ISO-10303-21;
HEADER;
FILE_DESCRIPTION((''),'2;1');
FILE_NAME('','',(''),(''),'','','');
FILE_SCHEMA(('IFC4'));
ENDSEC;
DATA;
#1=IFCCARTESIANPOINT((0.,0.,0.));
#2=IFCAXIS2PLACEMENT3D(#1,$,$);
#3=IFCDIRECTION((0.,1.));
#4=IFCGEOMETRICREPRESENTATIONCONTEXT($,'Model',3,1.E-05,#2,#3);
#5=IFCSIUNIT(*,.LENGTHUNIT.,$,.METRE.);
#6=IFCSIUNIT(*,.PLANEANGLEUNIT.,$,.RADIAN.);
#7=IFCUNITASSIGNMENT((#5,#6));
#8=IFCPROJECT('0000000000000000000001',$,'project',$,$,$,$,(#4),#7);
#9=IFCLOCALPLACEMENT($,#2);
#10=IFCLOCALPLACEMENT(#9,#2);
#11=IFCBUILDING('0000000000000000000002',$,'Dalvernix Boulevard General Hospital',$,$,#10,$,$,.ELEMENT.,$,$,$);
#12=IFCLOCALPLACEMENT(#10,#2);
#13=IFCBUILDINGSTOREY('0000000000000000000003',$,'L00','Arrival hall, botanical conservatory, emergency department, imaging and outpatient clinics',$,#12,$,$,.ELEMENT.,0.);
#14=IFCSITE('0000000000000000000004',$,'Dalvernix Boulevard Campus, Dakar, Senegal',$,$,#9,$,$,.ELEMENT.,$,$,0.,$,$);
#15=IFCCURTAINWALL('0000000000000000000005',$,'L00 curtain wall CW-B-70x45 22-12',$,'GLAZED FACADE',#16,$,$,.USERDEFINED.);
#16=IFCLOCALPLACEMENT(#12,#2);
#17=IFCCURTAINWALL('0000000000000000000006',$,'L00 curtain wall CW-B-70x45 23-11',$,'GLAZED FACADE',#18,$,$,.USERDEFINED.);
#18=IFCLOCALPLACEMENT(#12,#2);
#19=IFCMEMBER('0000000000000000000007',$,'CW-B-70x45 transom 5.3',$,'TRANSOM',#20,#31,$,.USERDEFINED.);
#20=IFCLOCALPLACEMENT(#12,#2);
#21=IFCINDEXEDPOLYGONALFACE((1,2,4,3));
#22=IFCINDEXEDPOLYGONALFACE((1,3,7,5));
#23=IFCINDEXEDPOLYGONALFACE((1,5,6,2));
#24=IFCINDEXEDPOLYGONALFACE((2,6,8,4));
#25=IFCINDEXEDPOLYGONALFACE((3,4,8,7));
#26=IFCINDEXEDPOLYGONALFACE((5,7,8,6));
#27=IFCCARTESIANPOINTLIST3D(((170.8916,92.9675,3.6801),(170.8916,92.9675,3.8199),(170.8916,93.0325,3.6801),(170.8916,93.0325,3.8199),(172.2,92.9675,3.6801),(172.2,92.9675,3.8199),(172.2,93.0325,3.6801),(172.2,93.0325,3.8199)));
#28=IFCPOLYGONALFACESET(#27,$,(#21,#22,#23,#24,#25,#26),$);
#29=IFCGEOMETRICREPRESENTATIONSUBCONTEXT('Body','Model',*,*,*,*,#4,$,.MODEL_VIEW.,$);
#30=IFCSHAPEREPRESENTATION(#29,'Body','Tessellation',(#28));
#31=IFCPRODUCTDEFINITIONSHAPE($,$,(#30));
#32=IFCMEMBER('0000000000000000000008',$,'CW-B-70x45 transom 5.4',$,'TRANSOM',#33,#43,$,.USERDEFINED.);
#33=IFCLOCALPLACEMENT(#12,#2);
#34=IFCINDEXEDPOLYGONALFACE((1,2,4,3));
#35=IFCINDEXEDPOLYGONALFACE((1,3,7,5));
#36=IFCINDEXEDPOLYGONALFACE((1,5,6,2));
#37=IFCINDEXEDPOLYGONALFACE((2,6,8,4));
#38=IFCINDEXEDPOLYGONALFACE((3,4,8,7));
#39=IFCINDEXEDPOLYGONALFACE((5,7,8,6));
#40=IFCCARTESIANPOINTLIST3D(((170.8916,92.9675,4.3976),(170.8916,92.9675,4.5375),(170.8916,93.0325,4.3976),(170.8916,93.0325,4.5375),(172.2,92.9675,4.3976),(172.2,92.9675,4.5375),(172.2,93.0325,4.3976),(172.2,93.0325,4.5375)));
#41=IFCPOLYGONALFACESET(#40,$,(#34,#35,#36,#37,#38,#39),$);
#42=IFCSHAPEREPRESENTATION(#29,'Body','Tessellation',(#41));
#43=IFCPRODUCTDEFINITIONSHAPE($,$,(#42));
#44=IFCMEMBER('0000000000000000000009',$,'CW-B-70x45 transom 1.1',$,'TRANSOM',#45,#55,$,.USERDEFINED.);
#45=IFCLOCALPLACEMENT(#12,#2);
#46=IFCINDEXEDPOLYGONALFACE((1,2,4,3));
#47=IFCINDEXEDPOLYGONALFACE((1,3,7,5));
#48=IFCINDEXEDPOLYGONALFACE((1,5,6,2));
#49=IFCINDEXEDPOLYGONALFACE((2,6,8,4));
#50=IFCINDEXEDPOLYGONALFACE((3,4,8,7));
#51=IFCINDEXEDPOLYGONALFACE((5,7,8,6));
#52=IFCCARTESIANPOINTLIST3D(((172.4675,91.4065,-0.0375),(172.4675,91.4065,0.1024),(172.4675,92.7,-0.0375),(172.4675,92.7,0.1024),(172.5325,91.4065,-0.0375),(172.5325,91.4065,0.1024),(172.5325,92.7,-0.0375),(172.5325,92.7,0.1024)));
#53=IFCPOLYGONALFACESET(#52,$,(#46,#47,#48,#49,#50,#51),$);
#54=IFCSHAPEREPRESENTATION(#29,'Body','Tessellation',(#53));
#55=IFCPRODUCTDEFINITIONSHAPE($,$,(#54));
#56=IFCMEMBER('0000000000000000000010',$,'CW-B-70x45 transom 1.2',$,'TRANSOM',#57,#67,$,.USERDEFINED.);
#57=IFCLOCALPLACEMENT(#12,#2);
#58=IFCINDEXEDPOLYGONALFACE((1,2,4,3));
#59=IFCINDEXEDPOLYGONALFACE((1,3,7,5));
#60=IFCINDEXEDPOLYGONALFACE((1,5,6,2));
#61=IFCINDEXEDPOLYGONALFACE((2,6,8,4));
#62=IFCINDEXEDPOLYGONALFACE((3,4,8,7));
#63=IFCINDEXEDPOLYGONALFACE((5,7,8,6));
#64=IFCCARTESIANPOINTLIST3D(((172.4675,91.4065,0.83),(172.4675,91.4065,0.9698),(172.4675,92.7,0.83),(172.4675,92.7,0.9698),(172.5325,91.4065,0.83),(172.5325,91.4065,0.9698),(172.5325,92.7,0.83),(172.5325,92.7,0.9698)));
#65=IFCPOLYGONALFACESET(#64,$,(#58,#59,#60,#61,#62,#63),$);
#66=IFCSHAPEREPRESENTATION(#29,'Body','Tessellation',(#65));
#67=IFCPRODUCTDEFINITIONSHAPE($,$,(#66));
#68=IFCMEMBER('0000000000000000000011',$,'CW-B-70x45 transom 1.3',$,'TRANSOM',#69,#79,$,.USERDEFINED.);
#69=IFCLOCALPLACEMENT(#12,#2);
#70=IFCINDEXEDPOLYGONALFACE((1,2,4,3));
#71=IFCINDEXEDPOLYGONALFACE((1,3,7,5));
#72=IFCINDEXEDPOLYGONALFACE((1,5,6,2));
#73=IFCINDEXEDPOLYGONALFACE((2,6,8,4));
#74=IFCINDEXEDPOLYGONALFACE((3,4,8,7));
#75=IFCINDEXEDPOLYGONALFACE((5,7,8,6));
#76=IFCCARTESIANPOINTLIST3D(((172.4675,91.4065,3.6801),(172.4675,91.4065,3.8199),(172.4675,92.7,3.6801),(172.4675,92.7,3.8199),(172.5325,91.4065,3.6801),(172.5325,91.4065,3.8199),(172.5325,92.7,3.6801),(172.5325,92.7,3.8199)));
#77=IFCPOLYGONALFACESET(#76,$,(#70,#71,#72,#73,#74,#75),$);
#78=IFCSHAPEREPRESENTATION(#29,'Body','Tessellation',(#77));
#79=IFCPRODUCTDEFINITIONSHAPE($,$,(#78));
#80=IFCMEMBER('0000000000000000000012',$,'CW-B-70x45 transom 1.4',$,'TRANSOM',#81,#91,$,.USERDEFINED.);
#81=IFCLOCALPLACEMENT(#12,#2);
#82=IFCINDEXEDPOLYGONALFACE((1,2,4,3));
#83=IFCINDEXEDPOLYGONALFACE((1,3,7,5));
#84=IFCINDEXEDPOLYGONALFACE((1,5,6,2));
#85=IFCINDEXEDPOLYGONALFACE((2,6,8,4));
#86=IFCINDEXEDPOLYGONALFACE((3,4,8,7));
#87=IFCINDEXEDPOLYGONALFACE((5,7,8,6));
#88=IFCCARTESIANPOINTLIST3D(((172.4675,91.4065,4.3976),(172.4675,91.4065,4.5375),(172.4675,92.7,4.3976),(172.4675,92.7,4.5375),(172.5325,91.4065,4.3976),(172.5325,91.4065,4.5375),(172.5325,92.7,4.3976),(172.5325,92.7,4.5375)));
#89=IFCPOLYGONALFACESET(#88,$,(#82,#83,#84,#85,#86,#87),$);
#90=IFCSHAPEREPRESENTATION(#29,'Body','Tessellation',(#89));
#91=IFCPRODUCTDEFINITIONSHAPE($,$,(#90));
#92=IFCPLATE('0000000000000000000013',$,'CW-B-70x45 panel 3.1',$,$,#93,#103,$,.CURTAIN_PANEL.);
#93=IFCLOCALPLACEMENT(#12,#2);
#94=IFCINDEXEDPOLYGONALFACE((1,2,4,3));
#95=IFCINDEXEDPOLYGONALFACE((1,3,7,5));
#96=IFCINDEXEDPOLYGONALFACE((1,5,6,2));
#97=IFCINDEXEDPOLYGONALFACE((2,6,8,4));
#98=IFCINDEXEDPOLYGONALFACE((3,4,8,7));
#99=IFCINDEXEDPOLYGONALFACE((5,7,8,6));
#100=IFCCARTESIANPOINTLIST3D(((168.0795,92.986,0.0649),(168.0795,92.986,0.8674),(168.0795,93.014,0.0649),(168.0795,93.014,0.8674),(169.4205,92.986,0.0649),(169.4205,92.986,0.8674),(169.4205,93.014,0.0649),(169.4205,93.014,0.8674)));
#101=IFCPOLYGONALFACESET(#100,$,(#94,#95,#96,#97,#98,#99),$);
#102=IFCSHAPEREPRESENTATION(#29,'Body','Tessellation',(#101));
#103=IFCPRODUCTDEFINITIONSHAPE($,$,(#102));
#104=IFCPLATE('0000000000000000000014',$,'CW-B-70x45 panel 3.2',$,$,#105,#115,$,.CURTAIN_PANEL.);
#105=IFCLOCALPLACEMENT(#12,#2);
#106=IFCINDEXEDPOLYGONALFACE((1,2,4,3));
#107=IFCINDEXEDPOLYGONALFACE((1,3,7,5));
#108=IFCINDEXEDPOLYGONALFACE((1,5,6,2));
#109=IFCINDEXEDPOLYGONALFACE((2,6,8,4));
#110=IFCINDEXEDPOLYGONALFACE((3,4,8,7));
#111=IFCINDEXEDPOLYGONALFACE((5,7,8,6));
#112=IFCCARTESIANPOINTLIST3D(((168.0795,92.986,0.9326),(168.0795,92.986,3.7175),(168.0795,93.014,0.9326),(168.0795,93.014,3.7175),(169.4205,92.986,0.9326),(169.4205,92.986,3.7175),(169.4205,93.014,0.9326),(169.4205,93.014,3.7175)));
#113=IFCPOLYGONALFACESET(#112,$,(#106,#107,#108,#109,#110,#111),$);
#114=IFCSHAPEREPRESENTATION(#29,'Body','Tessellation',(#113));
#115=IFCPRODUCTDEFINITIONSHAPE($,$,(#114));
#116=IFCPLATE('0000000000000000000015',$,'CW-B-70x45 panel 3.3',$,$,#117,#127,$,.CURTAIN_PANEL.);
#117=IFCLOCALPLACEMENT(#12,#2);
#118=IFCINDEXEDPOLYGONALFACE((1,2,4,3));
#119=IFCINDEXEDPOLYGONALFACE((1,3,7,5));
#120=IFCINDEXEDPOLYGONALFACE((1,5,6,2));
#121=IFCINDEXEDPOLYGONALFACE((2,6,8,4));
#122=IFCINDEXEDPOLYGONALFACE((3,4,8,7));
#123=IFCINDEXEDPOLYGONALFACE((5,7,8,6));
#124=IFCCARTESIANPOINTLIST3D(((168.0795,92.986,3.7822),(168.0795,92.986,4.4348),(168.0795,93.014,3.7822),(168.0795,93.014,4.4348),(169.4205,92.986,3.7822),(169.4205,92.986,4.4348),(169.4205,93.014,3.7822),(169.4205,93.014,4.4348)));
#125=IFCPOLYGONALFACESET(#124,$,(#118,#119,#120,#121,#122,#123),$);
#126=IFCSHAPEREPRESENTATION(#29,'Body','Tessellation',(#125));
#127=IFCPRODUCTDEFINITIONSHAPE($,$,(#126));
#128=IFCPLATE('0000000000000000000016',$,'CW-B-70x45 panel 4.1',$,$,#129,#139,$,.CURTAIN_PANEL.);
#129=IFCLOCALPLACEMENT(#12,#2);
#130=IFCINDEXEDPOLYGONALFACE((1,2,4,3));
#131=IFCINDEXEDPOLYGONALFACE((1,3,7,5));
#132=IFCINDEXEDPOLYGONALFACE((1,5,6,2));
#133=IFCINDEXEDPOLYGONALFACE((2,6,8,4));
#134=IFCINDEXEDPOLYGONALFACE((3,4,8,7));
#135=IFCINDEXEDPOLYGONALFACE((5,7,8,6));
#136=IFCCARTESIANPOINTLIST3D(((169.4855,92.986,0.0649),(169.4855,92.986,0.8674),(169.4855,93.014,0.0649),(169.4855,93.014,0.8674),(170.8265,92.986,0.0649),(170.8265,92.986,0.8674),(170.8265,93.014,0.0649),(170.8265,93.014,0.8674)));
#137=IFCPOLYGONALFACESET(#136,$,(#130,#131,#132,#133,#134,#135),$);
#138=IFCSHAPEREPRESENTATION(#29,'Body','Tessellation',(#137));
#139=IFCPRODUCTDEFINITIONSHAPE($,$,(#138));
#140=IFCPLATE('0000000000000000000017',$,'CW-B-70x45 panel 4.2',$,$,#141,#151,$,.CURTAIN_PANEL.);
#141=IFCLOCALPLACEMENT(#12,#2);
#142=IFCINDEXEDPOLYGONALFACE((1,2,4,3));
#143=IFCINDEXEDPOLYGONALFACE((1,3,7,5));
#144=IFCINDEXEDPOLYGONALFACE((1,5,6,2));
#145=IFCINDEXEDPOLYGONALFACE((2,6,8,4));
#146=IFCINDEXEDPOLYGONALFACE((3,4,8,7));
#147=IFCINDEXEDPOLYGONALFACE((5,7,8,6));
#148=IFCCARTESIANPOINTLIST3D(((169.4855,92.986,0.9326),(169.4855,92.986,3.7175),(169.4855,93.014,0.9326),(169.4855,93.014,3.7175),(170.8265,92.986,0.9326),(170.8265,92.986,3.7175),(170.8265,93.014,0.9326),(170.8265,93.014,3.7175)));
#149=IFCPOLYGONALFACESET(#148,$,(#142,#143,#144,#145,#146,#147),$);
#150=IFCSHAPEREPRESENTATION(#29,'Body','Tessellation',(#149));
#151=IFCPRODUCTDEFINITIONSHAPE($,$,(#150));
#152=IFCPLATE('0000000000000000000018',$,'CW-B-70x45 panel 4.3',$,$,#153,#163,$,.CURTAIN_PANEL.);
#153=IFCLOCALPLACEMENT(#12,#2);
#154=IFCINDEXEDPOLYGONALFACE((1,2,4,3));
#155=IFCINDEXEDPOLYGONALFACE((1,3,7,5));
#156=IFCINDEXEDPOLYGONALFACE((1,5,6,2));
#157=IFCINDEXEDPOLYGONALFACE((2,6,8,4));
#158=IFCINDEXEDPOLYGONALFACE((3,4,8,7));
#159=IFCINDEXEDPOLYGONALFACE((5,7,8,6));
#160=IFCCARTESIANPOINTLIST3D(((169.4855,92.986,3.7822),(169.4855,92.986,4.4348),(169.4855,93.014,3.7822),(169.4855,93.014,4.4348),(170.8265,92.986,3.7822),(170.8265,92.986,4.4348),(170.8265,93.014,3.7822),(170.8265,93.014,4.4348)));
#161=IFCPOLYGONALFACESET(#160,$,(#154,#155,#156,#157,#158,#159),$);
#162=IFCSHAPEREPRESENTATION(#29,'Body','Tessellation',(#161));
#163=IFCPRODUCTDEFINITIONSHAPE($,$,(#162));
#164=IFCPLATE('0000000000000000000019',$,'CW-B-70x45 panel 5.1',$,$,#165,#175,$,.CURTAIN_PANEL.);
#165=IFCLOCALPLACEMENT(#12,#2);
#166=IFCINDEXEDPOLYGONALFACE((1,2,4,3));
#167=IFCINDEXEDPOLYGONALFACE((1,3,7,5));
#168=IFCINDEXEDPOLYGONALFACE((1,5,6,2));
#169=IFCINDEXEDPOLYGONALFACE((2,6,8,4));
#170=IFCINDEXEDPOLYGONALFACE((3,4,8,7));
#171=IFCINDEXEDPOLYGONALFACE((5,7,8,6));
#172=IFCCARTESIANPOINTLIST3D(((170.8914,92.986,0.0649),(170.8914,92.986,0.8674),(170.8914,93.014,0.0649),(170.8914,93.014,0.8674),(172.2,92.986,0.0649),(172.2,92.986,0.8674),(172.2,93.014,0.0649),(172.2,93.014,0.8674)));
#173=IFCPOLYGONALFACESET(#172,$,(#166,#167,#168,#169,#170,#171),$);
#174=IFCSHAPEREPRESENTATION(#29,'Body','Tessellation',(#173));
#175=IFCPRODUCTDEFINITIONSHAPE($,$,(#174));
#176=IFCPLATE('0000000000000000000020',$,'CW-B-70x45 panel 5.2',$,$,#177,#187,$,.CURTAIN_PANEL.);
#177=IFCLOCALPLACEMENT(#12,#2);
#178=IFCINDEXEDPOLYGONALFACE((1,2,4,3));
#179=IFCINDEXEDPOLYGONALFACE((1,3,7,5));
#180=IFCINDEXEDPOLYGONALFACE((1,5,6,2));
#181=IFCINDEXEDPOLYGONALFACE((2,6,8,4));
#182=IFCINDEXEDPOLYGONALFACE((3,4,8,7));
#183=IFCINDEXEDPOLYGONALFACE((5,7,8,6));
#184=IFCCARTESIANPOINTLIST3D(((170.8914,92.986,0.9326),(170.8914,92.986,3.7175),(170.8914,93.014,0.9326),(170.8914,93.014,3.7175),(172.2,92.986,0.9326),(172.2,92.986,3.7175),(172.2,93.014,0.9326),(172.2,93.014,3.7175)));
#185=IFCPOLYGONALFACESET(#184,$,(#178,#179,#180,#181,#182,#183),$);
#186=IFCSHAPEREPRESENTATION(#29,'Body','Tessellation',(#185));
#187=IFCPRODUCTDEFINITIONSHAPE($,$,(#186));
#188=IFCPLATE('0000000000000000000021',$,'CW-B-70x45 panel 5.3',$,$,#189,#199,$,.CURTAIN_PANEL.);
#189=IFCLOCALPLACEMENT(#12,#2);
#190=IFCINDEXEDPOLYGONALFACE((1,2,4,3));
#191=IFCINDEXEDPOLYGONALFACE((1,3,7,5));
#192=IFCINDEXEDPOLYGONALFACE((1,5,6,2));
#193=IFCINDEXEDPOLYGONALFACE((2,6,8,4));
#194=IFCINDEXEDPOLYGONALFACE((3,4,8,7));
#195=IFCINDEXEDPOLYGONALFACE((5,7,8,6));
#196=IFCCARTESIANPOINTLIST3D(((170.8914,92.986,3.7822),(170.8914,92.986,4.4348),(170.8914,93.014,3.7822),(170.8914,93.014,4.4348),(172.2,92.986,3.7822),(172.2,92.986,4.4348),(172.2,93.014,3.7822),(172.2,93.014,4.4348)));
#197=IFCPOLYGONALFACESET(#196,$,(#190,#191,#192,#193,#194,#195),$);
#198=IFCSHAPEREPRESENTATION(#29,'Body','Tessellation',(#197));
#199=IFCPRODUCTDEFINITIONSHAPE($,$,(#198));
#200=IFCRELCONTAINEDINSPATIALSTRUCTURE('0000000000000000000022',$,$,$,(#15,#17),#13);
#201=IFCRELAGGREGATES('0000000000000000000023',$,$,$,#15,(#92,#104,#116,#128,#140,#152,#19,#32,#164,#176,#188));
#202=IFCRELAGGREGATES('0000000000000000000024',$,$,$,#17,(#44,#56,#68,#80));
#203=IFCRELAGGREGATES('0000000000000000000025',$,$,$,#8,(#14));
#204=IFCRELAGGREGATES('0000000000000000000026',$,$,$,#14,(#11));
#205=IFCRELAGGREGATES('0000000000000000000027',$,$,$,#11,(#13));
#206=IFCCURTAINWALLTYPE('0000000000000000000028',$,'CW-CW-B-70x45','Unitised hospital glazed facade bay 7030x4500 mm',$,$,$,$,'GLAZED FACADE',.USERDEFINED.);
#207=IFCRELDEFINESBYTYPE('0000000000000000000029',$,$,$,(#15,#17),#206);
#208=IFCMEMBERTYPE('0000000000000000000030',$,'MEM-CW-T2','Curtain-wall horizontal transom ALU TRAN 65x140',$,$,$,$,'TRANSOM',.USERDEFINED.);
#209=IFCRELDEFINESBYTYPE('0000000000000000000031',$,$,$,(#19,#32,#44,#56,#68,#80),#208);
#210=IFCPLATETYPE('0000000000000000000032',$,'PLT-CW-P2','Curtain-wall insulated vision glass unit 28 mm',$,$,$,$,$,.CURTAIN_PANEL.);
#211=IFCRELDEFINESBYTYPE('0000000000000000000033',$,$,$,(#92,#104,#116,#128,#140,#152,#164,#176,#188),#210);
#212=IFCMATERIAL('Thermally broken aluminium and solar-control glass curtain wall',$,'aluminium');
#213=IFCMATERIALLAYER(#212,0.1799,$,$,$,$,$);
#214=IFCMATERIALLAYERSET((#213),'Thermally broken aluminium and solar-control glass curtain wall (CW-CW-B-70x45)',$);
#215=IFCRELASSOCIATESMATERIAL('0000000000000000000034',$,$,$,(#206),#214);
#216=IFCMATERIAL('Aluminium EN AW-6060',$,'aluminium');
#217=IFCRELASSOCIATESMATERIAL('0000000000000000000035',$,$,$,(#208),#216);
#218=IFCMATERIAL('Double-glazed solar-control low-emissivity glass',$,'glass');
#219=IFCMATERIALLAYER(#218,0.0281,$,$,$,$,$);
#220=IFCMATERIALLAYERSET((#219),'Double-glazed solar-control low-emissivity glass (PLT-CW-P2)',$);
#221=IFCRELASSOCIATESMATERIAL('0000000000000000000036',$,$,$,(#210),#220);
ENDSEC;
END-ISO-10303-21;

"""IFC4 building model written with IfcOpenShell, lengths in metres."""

from ifc_helpers import new_model, si_unit, direction, frame, origin, origin_2d, place, context, subcontext, project, spatial, rectangle, extrude, material, layer, layer_set, material_profile, profile_set, type_object, element, aggregate, save


model = new_model("IFC4")

# Units and contexts
model_context = context("Model", 3, precision=1e-05, world=origin(), true_north=direction((0.0, 1.0)))
body_context = subcontext(model_context, "Body", "Model", "MODEL_VIEW")
ifc_project = project(units=[si_unit("LENGTHUNIT", "METRE"), si_unit("PLANEANGLEUNIT", "RADIAN")], contexts=[model_context])

# Site, building, storey
site_placement = place(None, origin())
site = spatial("IfcSite", under=ifc_project, at=site_placement, Name="Dalvernix Boulevard Campus, Dakar, Senegal", CompositionType="ELEMENT", RefElevation=0.0)
building_placement = place(site_placement, origin())
building = spatial("IfcBuilding", under=site, at=building_placement, Name="Dalvernix Boulevard General Hospital", CompositionType="ELEMENT")
storey_placement = place(building_placement, origin())
storey = spatial("IfcBuildingStorey", under=building, at=storey_placement, Name="L00", Description="Arrival hall, botanical conservatory, emergency department, imaging and outpatient clinics", CompositionType="ELEMENT", Elevation=0.0)

# Curtain walls
ifc_material_1 = material(Name="Thermally broken aluminium and solar-control glass curtain wall", Category="aluminium")
ifc_layer_1 = layer(ifc_material_1, 0.1799)
ifc_layer_set_1 = layer_set([ifc_layer_1], Name="Thermally broken aluminium and solar-control glass curtain wall (CW-CW-B-70x45)")
curtain_wall_type = type_object("IfcCurtainWallType", Name="CW-CW-B-70x45", Description="Unitised hospital glazed facade bay 7030x4500 mm", ElementType="GLAZED FACADE", PredefinedType="USERDEFINED", material=ifc_layer_set_1)
curtain_wall_1_placement = place(storey_placement, origin())
curtain_wall_1 = element("IfcCurtainWall", 1, at=curtain_wall_1_placement, inside=storey, type_object=curtain_wall_type, Name="L00 curtain wall CW-B-70x45 22-12", ObjectType="GLAZED FACADE", PredefinedType="USERDEFINED")
ifc_material_2 = material(Name="Aluminium EN AW-6060", Category="aluminium")
curtain_wall_2_placement = place(storey_placement, origin())
curtain_wall_2 = element("IfcCurtainWall", 2, at=curtain_wall_2_placement, inside=storey, type_object=curtain_wall_type, Name="L00 curtain wall CW-B-70x45 23-11", ObjectType="GLAZED FACADE", PredefinedType="USERDEFINED")

# Members
ifc_material_profile_1 = material_profile(ifc_material_2, rectangle(XDim=0.0649, YDim=0.1399, at=origin_2d()), Name="ALU TRAN 65x140")
ifc_profile_set_1 = profile_set([ifc_material_profile_1], Name="Aluminium EN AW-6060")
member_type_1 = type_object("IfcMemberType", Name="MEM-CW-T2", Description="Curtain-wall horizontal transom ALU TRAN 65x140", ElementType="TRANSOM", PredefinedType="USERDEFINED", material=ifc_profile_set_1)
member_1_placement = place(storey_placement, frame((170.8916, 93.0, 3.75), z_axis=(1.0, 0.0, 0.0), x_axis=(0.0, 1.0, 0.0)))
member_1 = element("IfcMember", 3, at=member_1_placement, type_object=member_type_1, Name="CW-B-70x45 transom 5.3", ObjectType="TRANSOM", PredefinedType="USERDEFINED", context=body_context, shape_type="SweptSolid", body=[
    extrude(rectangle(XDim=0.0649, YDim=0.1399, at=origin_2d()), origin(), (0.0, 0.0, 1.0), 1.3083),
])
member_2_placement = place(storey_placement, frame((170.8916, 93.0, 4.4675), z_axis=(1.0, 0.0, 0.0), x_axis=(0.0, 1.0, 0.0)))
member_2 = element("IfcMember", 4, at=member_2_placement, type_object=member_type_1, Name="CW-B-70x45 transom 5.4", ObjectType="TRANSOM", PredefinedType="USERDEFINED", context=body_context, shape_type="SweptSolid", body=[
    extrude(rectangle(XDim=0.0649, YDim=0.1399, at=origin_2d()), origin(), (0.0, 0.0, 1.0), 1.3083),
])
member_3_placement = place(storey_placement, frame((172.5, 92.7, 0.0325), z_axis=(0.0, -1.0, 0.0), x_axis=(1.0, 0.0, 0.0)))
member_3 = element("IfcMember", 5, at=member_3_placement, type_object=member_type_1, Name="CW-B-70x45 transom 1.1", ObjectType="TRANSOM", PredefinedType="USERDEFINED", context=body_context, shape_type="SweptSolid", body=[
    extrude(rectangle(XDim=0.0649, YDim=0.1399, at=origin_2d()), origin(), (0.0, 0.0, 1.0), 1.2935),
])
member_4_placement = place(storey_placement, frame((172.5, 92.7, 0.8999), z_axis=(0.0, -1.0, 0.0), x_axis=(1.0, 0.0, 0.0)))
member_4 = element("IfcMember", 6, at=member_4_placement, type_object=member_type_1, Name="CW-B-70x45 transom 1.2", ObjectType="TRANSOM", PredefinedType="USERDEFINED", context=body_context, shape_type="SweptSolid", body=[
    extrude(rectangle(XDim=0.0649, YDim=0.1399, at=origin_2d()), origin(), (0.0, 0.0, 1.0), 1.2935),
])
member_5_placement = place(storey_placement, frame((172.5, 92.7, 3.75), z_axis=(0.0, -1.0, 0.0), x_axis=(1.0, 0.0, 0.0)))
member_5 = element("IfcMember", 7, at=member_5_placement, type_object=member_type_1, Name="CW-B-70x45 transom 1.3", ObjectType="TRANSOM", PredefinedType="USERDEFINED", context=body_context, shape_type="SweptSolid", body=[
    extrude(rectangle(XDim=0.0649, YDim=0.1399, at=origin_2d()), origin(), (0.0, 0.0, 1.0), 1.2935),
])
member_6_placement = place(storey_placement, frame((172.5, 92.7, 4.4675), z_axis=(0.0, -1.0, 0.0), x_axis=(1.0, 0.0, 0.0)))
member_6 = element("IfcMember", 8, at=member_6_placement, type_object=member_type_1, Name="CW-B-70x45 transom 1.4", ObjectType="TRANSOM", PredefinedType="USERDEFINED", context=body_context, shape_type="SweptSolid", body=[
    extrude(rectangle(XDim=0.0649, YDim=0.1399, at=origin_2d()), origin(), (0.0, 0.0, 1.0), 1.2935),
])

# Plates
ifc_material_3 = material(Name="Double-glazed solar-control low-emissivity glass", Category="glass")
ifc_layer_2 = layer(ifc_material_3, 0.0281)
ifc_layer_set_2 = layer_set([ifc_layer_2], Name="Double-glazed solar-control low-emissivity glass (PLT-CW-P2)")
plate_type = type_object("IfcPlateType", Name="PLT-CW-P2", Description="Curtain-wall insulated vision glass unit 28 mm", PredefinedType="CURTAIN_PANEL", material=ifc_layer_set_2)
plate_1_placement = place(storey_placement, frame((168.75, 93.0, 0.0649), z_axis=(0.0, 0.0, 1.0), x_axis=(1.0, 0.0, 0.0)))
plate_1 = element("IfcPlate", 9, at=plate_1_placement, type_object=plate_type, Name="CW-B-70x45 panel 3.1", PredefinedType="CURTAIN_PANEL", context=body_context, shape_type="SweptSolid", body=[
    extrude(rectangle(XDim=1.3411, YDim=0.0281, at=origin_2d()), origin(), (0.0, 0.0, 1.0), 0.8025),
])
plate_2_placement = place(storey_placement, frame((168.75, 93.0, 0.9326), z_axis=(0.0, 0.0, 1.0), x_axis=(1.0, 0.0, 0.0)))
plate_2 = element("IfcPlate", 10, at=plate_2_placement, type_object=plate_type, Name="CW-B-70x45 panel 3.2", PredefinedType="CURTAIN_PANEL", context=body_context, shape_type="SweptSolid", body=[
    extrude(rectangle(XDim=1.3411, YDim=0.0281, at=origin_2d()), origin(), (0.0, 0.0, 1.0), 2.7849),
])
plate_3_placement = place(storey_placement, frame((168.75, 93.0, 3.7822), z_axis=(0.0, 0.0, 1.0), x_axis=(1.0, 0.0, 0.0)))
plate_3 = element("IfcPlate", 11, at=plate_3_placement, type_object=plate_type, Name="CW-B-70x45 panel 3.3", PredefinedType="CURTAIN_PANEL", context=body_context, shape_type="SweptSolid", body=[
    extrude(rectangle(XDim=1.3411, YDim=0.0281, at=origin_2d()), origin(), (0.0, 0.0, 1.0), 0.6526),
])
plate_4_placement = place(storey_placement, frame((170.156, 93.0, 0.0649), z_axis=(0.0, 0.0, 1.0), x_axis=(1.0, 0.0, 0.0)))
plate_4 = element("IfcPlate", 12, at=plate_4_placement, type_object=plate_type, Name="CW-B-70x45 panel 4.1", PredefinedType="CURTAIN_PANEL", context=body_context, shape_type="SweptSolid", body=[
    extrude(rectangle(XDim=1.3411, YDim=0.0281, at=origin_2d()), origin(), (0.0, 0.0, 1.0), 0.8025),
])
plate_5_placement = place(storey_placement, frame((170.156, 93.0, 0.9326), z_axis=(0.0, 0.0, 1.0), x_axis=(1.0, 0.0, 0.0)))
plate_5 = element("IfcPlate", 13, at=plate_5_placement, type_object=plate_type, Name="CW-B-70x45 panel 4.2", PredefinedType="CURTAIN_PANEL", context=body_context, shape_type="SweptSolid", body=[
    extrude(rectangle(XDim=1.3411, YDim=0.0281, at=origin_2d()), origin(), (0.0, 0.0, 1.0), 2.7849),
])
plate_6_placement = place(storey_placement, frame((170.156, 93.0, 3.7822), z_axis=(0.0, 0.0, 1.0), x_axis=(1.0, 0.0, 0.0)))
plate_6 = element("IfcPlate", 14, at=plate_6_placement, type_object=plate_type, Name="CW-B-70x45 panel 4.3", PredefinedType="CURTAIN_PANEL", context=body_context, shape_type="SweptSolid", body=[
    extrude(rectangle(XDim=1.3411, YDim=0.0281, at=origin_2d()), origin(), (0.0, 0.0, 1.0), 0.6526),
])
plate_7_placement = place(storey_placement, frame((171.5457, 93.0, 0.0649), z_axis=(0.0, 0.0, 1.0), x_axis=(1.0, 0.0, 0.0)))
plate_7 = element("IfcPlate", 15, at=plate_7_placement, type_object=plate_type, Name="CW-B-70x45 panel 5.1", PredefinedType="CURTAIN_PANEL", context=body_context, shape_type="SweptSolid", body=[
    extrude(rectangle(XDim=1.3086, YDim=0.0281, at=origin_2d()), origin(), (0.0, 0.0, 1.0), 0.8025),
])
plate_8_placement = place(storey_placement, frame((171.5457, 93.0, 0.9326), z_axis=(0.0, 0.0, 1.0), x_axis=(1.0, 0.0, 0.0)))
plate_8 = element("IfcPlate", 16, at=plate_8_placement, type_object=plate_type, Name="CW-B-70x45 panel 5.2", PredefinedType="CURTAIN_PANEL", context=body_context, shape_type="SweptSolid", body=[
    extrude(rectangle(XDim=1.3086, YDim=0.0281, at=origin_2d()), origin(), (0.0, 0.0, 1.0), 2.7849),
])
plate_9_placement = place(storey_placement, frame((171.5457, 93.0, 3.7822), z_axis=(0.0, 0.0, 1.0), x_axis=(1.0, 0.0, 0.0)))
plate_9 = element("IfcPlate", 17, at=plate_9_placement, type_object=plate_type, Name="CW-B-70x45 panel 5.3", PredefinedType="CURTAIN_PANEL", context=body_context, shape_type="SweptSolid", body=[
    extrude(rectangle(XDim=1.3086, YDim=0.0281, at=origin_2d()), origin(), (0.0, 0.0, 1.0), 0.6526),
])
aggregate(curtain_wall_1, [plate_1, plate_2, plate_3, plate_4, plate_5, plate_6, member_1, member_2, plate_7, plate_8, plate_9])
aggregate(curtain_wall_2, [member_3, member_4, member_5, member_6])

save(model, "model.ifc")
